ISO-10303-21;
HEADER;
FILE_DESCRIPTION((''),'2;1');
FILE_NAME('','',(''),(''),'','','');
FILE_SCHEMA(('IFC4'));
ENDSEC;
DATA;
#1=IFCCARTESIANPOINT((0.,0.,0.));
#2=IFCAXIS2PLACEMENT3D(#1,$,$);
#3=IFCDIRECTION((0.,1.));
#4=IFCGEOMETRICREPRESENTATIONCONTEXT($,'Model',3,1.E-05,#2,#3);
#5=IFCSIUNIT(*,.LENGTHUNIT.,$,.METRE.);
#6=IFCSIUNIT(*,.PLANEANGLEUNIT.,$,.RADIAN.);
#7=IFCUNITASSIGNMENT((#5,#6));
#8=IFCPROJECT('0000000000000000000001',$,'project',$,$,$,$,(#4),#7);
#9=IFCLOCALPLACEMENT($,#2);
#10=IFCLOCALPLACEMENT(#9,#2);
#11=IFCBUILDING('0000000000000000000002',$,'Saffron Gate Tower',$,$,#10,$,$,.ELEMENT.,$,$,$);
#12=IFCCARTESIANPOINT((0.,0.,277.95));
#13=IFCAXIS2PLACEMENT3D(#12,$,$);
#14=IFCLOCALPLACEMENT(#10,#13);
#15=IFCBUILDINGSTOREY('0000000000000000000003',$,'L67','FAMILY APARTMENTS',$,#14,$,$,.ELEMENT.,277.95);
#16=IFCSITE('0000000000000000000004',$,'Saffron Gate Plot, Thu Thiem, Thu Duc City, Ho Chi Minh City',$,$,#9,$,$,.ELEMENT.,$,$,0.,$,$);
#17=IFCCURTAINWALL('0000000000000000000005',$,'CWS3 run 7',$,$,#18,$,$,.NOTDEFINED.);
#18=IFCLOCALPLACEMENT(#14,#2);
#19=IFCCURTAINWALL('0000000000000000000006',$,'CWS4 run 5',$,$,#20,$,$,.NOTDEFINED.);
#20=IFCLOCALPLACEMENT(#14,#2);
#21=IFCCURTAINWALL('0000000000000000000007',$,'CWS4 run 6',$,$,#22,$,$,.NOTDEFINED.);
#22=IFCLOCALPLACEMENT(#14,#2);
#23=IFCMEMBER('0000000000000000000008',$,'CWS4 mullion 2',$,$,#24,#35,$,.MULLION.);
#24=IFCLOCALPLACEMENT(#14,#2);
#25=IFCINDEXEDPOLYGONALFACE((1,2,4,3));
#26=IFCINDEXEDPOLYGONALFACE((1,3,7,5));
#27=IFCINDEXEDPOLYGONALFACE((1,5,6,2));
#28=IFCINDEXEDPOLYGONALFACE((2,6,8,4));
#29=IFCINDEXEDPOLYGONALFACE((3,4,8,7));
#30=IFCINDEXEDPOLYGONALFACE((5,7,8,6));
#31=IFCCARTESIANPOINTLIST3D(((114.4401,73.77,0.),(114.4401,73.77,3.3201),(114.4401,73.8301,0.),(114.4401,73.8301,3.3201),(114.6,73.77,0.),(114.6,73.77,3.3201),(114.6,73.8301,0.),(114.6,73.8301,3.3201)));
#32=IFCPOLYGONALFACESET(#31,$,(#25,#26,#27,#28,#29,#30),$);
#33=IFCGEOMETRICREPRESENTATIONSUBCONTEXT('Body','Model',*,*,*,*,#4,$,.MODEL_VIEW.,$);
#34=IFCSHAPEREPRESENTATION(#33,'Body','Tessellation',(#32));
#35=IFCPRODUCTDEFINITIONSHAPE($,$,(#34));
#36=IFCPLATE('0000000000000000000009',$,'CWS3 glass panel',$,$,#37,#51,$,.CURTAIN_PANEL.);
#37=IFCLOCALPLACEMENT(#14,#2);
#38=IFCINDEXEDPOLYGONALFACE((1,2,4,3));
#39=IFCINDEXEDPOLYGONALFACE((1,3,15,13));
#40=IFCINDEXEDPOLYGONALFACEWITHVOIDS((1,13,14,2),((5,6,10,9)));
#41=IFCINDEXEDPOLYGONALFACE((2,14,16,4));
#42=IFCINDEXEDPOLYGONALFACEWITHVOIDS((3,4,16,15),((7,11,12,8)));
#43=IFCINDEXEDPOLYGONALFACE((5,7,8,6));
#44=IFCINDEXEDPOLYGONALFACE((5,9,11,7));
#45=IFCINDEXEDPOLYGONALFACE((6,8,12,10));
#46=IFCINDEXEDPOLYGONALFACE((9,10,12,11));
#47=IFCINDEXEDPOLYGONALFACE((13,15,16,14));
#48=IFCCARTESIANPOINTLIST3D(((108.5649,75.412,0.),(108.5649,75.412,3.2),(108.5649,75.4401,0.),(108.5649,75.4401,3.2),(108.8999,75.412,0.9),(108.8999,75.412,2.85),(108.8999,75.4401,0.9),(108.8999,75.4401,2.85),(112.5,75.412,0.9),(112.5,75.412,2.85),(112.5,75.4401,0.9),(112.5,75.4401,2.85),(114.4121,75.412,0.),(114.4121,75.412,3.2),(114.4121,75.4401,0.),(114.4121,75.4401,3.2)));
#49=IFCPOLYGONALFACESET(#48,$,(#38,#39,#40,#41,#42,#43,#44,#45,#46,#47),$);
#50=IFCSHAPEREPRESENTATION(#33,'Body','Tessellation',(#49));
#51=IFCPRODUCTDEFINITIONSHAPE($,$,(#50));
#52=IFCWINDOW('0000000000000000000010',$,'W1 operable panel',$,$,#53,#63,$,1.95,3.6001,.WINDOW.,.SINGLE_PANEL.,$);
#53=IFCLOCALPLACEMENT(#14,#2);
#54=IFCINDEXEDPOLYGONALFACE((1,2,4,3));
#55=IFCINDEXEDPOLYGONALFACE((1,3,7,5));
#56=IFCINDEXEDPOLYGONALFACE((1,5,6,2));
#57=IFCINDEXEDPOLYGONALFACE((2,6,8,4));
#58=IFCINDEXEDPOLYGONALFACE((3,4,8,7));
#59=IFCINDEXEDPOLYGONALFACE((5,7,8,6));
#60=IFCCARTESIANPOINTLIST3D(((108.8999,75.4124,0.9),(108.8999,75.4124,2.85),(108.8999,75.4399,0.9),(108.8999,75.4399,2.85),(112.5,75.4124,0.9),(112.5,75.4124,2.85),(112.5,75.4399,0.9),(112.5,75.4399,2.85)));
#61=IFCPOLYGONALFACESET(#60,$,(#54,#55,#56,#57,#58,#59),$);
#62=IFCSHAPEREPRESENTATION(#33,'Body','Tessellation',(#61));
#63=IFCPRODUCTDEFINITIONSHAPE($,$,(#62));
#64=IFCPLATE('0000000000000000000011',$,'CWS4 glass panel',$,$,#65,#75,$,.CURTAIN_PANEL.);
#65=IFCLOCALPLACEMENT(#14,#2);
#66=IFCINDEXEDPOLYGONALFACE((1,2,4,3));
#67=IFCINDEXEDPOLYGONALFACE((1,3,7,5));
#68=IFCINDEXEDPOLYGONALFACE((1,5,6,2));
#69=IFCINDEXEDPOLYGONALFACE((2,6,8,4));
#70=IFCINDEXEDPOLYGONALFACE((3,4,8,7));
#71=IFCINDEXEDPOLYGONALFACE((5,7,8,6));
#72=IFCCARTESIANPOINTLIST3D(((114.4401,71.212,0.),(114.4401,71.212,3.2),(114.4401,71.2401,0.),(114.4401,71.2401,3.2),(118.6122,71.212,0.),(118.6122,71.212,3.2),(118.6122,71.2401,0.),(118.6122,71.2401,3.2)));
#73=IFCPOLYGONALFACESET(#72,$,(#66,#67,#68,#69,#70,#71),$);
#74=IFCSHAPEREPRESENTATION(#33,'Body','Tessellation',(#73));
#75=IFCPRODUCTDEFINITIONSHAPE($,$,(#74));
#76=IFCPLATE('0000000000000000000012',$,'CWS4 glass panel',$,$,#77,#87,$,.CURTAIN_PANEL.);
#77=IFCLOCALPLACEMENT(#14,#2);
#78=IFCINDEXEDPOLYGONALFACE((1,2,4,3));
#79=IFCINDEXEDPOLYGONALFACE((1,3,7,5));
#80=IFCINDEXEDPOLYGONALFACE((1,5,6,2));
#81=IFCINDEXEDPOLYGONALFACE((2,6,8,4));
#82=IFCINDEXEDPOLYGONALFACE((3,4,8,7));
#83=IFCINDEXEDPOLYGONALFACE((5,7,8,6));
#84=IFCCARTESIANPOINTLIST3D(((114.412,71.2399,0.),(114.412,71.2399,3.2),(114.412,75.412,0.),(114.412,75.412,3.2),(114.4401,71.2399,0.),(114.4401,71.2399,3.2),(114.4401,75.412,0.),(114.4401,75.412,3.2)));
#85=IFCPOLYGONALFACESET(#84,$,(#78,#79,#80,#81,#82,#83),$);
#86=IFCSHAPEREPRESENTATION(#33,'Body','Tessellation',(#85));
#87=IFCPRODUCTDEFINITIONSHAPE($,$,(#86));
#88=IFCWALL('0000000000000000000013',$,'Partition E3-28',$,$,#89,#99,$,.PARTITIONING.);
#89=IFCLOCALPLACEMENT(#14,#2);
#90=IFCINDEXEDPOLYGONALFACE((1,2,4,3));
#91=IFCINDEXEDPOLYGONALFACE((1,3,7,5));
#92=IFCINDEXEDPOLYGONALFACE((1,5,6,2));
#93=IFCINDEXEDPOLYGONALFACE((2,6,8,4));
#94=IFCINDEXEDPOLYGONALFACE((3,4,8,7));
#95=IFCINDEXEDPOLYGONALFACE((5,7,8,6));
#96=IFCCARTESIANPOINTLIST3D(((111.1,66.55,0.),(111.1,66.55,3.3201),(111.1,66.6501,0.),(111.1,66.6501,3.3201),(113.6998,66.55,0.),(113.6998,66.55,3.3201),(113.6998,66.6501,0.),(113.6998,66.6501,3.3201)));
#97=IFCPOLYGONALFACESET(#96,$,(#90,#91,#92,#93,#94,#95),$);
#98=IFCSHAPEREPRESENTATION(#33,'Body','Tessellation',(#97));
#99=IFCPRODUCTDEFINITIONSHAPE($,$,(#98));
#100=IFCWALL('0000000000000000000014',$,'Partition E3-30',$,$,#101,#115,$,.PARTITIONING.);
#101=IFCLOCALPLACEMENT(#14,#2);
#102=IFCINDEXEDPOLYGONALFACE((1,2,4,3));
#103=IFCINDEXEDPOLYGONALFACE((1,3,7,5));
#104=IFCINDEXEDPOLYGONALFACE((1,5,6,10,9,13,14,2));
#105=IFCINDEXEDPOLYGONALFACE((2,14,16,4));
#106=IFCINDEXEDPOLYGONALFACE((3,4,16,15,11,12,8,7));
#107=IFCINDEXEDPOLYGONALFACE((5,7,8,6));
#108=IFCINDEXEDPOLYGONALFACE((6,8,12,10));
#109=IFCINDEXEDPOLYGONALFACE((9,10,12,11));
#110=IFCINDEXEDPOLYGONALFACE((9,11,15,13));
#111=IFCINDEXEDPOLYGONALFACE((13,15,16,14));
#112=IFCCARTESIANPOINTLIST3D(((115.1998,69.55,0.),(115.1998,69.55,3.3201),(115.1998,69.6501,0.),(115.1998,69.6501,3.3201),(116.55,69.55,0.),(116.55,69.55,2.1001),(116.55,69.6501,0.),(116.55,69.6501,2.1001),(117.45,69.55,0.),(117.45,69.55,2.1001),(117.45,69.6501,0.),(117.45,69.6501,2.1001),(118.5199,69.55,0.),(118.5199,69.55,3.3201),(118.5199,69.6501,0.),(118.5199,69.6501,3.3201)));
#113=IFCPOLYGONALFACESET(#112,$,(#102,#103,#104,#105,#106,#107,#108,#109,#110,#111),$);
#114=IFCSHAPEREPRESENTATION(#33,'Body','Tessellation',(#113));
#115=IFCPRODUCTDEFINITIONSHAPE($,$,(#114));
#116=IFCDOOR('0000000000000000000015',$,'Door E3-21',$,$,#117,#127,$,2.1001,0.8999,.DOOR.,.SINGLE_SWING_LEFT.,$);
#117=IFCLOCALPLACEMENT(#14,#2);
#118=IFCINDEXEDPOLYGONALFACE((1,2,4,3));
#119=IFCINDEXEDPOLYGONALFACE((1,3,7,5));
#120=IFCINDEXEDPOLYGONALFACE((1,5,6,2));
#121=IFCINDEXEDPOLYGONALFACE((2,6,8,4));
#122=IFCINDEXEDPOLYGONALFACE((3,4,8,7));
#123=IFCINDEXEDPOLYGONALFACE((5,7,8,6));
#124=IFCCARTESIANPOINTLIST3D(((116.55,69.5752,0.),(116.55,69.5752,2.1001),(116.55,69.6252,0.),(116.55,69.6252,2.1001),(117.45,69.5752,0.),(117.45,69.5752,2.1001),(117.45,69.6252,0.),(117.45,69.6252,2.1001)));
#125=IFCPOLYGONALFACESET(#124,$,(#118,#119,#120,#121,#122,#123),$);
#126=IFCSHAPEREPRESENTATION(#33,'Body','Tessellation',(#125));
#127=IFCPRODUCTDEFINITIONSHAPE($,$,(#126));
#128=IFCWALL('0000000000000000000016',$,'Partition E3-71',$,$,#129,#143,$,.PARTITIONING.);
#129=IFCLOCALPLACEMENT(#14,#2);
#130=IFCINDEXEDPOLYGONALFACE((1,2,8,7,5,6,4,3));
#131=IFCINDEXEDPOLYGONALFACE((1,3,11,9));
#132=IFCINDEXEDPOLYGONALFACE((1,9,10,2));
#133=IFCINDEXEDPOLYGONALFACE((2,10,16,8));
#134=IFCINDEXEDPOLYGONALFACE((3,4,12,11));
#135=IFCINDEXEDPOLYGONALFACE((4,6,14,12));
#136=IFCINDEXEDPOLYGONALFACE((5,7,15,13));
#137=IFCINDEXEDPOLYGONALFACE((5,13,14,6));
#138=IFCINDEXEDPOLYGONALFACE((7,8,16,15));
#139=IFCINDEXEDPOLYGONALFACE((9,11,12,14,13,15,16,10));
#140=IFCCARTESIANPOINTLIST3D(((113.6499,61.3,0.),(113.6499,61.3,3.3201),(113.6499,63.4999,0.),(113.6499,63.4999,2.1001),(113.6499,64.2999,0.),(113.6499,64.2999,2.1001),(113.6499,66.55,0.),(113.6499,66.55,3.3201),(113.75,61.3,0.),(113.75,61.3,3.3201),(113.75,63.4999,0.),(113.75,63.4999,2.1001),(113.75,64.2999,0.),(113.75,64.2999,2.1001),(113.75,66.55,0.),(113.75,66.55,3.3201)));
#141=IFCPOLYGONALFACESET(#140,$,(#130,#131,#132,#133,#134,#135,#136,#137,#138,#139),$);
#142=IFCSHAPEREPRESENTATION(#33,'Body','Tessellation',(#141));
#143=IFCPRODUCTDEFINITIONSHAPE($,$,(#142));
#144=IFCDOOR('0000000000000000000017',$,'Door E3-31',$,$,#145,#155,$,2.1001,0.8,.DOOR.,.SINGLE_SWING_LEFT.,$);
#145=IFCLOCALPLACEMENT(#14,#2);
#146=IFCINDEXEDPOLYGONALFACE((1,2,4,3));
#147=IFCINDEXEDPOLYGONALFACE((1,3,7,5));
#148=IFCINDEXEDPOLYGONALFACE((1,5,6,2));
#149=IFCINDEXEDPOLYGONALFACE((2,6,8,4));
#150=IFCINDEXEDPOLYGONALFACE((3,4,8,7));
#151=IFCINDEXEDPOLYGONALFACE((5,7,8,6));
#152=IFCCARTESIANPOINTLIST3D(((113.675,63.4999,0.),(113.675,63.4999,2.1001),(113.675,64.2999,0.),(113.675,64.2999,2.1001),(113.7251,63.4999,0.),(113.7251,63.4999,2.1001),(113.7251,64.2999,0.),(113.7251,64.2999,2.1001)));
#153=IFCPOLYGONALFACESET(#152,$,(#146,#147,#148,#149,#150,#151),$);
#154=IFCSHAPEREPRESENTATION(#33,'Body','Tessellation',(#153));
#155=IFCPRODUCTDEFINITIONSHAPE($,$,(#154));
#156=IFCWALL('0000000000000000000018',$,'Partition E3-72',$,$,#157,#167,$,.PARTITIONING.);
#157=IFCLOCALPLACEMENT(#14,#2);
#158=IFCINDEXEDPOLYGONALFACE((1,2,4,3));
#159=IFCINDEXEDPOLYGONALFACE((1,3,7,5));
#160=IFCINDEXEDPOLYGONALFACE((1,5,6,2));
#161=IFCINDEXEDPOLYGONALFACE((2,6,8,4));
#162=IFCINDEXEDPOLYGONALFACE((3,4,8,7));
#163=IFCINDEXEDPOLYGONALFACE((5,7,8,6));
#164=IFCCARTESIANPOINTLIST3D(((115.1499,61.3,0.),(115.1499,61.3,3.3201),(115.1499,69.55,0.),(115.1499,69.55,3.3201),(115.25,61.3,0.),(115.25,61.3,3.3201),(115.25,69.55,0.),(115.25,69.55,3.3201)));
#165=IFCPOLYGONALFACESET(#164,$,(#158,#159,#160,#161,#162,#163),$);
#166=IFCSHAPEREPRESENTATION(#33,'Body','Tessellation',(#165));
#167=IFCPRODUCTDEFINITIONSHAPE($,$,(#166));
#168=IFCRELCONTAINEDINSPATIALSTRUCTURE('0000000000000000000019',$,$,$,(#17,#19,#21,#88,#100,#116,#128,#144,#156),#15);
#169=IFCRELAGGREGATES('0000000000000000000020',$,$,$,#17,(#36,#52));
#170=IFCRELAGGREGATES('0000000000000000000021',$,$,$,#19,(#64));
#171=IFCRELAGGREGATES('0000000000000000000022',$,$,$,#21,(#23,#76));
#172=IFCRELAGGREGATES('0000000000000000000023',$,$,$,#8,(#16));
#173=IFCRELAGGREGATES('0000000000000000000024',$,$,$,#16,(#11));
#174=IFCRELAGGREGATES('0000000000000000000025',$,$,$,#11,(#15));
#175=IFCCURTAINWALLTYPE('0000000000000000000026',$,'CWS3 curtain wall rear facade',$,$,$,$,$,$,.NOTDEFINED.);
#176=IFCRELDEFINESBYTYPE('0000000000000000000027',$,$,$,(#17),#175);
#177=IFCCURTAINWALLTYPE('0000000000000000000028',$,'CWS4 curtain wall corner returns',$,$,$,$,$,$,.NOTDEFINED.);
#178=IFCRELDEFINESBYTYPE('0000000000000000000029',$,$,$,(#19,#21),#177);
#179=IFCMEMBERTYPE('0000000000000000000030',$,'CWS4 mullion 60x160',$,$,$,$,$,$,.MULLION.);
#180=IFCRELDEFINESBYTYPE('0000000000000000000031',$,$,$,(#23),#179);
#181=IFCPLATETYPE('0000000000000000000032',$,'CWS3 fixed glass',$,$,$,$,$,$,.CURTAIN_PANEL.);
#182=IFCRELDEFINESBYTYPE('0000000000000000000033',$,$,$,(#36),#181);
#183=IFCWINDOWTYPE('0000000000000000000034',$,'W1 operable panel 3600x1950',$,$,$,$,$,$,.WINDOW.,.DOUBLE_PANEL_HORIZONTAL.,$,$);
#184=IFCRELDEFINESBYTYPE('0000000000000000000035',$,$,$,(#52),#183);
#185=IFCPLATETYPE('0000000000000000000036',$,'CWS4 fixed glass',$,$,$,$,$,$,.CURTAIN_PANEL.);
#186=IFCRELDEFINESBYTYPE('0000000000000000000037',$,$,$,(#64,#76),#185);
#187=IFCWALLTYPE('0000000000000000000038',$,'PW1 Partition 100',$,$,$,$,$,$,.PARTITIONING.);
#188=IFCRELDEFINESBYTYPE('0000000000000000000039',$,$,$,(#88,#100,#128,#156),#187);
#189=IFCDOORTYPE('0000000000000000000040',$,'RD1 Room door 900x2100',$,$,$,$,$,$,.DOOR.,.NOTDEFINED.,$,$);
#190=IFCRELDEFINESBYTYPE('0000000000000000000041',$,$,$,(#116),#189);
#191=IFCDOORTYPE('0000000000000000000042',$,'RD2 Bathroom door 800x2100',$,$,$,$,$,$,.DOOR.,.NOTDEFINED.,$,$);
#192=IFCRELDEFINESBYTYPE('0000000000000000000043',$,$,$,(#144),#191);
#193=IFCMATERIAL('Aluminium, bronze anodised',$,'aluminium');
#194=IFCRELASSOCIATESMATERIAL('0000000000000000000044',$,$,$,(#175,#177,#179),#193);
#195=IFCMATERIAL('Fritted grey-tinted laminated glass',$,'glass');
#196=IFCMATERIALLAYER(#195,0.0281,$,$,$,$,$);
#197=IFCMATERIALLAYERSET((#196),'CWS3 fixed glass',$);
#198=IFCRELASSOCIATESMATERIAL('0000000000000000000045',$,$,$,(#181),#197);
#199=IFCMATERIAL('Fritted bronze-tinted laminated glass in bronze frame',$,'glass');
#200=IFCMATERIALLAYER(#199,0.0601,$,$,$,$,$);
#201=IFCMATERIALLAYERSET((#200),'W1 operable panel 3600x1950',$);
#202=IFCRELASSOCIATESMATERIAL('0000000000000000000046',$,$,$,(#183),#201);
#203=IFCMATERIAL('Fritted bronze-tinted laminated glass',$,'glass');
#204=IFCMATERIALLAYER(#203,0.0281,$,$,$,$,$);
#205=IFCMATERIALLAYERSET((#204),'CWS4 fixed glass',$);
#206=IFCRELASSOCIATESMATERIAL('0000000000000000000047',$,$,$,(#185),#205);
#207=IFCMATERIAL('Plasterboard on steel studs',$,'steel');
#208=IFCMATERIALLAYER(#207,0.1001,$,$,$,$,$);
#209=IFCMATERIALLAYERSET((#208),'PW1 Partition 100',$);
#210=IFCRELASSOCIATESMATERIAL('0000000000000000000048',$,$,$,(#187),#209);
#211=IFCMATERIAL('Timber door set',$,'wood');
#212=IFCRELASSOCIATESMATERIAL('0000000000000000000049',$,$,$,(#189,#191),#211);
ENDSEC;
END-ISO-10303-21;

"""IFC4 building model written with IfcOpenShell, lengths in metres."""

from ifc_helpers import new_model, si_unit, direction, frame, frame_2d, origin, origin_2d, place, context, subcontext, project, spatial, rectangle, extrude, material, layer, layer_set, material_profile, profile_set, type_object, element, fill, aggregate, save


model = new_model("IFC4")

# Units and contexts
model_context = context("Model", 3, precision=1e-05, world=origin(), true_north=direction((0.0, 1.0)))
body_context = subcontext(model_context, "Body", "Model", "MODEL_VIEW")
ifc_project = project(units=[si_unit("LENGTHUNIT", "METRE"), si_unit("PLANEANGLEUNIT", "RADIAN")], contexts=[model_context])

# Site, building, storey
site_placement = place(None, origin())
site = spatial("IfcSite", under=ifc_project, at=site_placement, Name="Saffron Gate Plot, Thu Thiem, Thu Duc City, Ho Chi Minh City", CompositionType="ELEMENT", RefElevation=0.0)
building_placement = place(site_placement, origin())
building = spatial("IfcBuilding", under=site, at=building_placement, Name="Saffron Gate Tower", CompositionType="ELEMENT")
storey_placement = place(building_placement, frame((0.0, 0.0, 277.95)))
storey = spatial("IfcBuildingStorey", under=building, at=storey_placement, Name="L67", Description="FAMILY APARTMENTS", CompositionType="ELEMENT", Elevation=277.95)

# Shared definitions
ifc_material_1 = material(Name="Aluminium, bronze anodised", Category="aluminium")

# Curtain wall
curtain_wall_type_1 = type_object("IfcCurtainWallType", Name="CWS3 curtain wall rear facade", PredefinedType="NOTDEFINED", material=ifc_material_1)
curtain_wall_1_placement = place(storey_placement, origin())
curtain_wall_1 = element("IfcCurtainWall", 1, at=curtain_wall_1_placement, inside=storey, type_object=curtain_wall_type_1, Name="CWS3 run 7", PredefinedType="NOTDEFINED")

# Curtain walls
curtain_wall_type_2 = type_object("IfcCurtainWallType", Name="CWS4 curtain wall corner returns", PredefinedType="NOTDEFINED", material=ifc_material_1)
curtain_wall_2_placement = place(storey_placement, origin())
curtain_wall_2 = element("IfcCurtainWall", 2, at=curtain_wall_2_placement, inside=storey, type_object=curtain_wall_type_2, Name="CWS4 run 5", PredefinedType="NOTDEFINED")
curtain_wall_3_placement = place(storey_placement, origin())
curtain_wall_3 = element("IfcCurtainWall", 3, at=curtain_wall_3_placement, inside=storey, type_object=curtain_wall_type_2, Name="CWS4 run 6", PredefinedType="NOTDEFINED")

# Member
ifc_material_profile_1 = material_profile(ifc_material_1, rectangle(XDim=0.1599, YDim=0.0601, at=origin_2d()))
ifc_profile_set_1 = profile_set([ifc_material_profile_1], Name="Aluminium, bronze anodised")
member_type_1 = type_object("IfcMemberType", Name="CWS4 mullion 60x160", PredefinedType="MULLION", material=ifc_profile_set_1)
member_1_placement = place(storey_placement, frame((114.52, 73.8, 0.0), z_axis=(0.0, 0.0, 1.0), x_axis=(-1.0, 0.0, 0.0)))
member_1 = element("IfcMember", 4, at=member_1_placement, type_object=member_type_1, Name="CWS4 mullion 2", PredefinedType="MULLION", context=body_context, shape_type="SweptSolid", body=[
    extrude(rectangle(XDim=0.1599, YDim=0.0601, at=origin_2d()), origin(), (0.0, 0.0, 1.0), 3.3201),
])

# Plate, opening, window
ifc_material_2 = material(Name="Fritted grey-tinted laminated glass", Category="glass")
ifc_layer_1 = layer(ifc_material_2, 0.0281)
ifc_layer_set_1 = layer_set([ifc_layer_1], Name="CWS3 fixed glass")
plate_type_1 = type_object("IfcPlateType", Name="CWS3 fixed glass", PredefinedType="CURTAIN_PANEL", material=ifc_layer_set_1)
plate_1_placement = place(storey_placement, frame((114.4121, 75.426, 0.0), z_axis=(0.0, 0.0, 1.0), x_axis=(-1.0, 0.0, 0.0)))
plate_1 = element("IfcPlate", 5, at=plate_1_placement, type_object=plate_type_1, Name="CWS3 glass panel", PredefinedType="CURTAIN_PANEL", context=body_context, shape_type="SweptSolid", body=[
    extrude(rectangle(XDim=5.8472, YDim=0.0281, at=frame_2d((2.9236, 0.0))), origin(), (0.0, 0.0, 1.0), 3.2),
])
opening_1_placement = place(plate_1_placement, frame((1.9121, 0.0, 0.8999)))
opening_1 = element("IfcOpeningElement", 6, at=opening_1_placement, cuts=plate_1, PredefinedType="OPENING", context=body_context, shape_type="SweptSolid", body=[
    extrude(rectangle(XDim=3.6001, YDim=1.95, at=frame_2d((1.8, 0.9751))), frame((0.0, 0.0239, 0.0), z_axis=(0.0, -1.0, 0.0), x_axis=(1.0, 0.0, 0.0)), (0.0, 0.0, 1.0), 0.0481),
])
ifc_material_3 = material(Name="Fritted bronze-tinted laminated glass in bronze frame", Category="glass")
ifc_layer_2 = layer(ifc_material_3, 0.0601)
ifc_layer_set_2 = layer_set([ifc_layer_2], Name="W1 operable panel 3600x1950")
window_type = type_object("IfcWindowType", Name="W1 operable panel 3600x1950", PartitioningType="DOUBLE_PANEL_HORIZONTAL", PredefinedType="WINDOW", material=ifc_layer_set_2)
window_placement = place(opening_1_placement, origin())
window = element("IfcWindow", 7, at=window_placement, type_object=window_type, Name="W1 operable panel", OverallHeight=1.95, OverallWidth=3.6001, PartitioningType="SINGLE_PANEL", PredefinedType="WINDOW", context=body_context, shape_type="SweptSolid", body=[
    extrude(rectangle(XDim=3.6001, YDim=1.95, at=frame_2d((1.8, 0.9751))), frame((0.0, 0.0137, 0.0), z_axis=(0.0, -1.0, 0.0), x_axis=(1.0, 0.0, 0.0)), (0.0, 0.0, 1.0), 0.0276),
])
fill(opening_1, window)
aggregate(curtain_wall_1, [plate_1, window])

# Plates
ifc_material_4 = material(Name="Fritted bronze-tinted laminated glass", Category="glass")
ifc_layer_3 = layer(ifc_material_4, 0.0281)
ifc_layer_set_3 = layer_set([ifc_layer_3], Name="CWS4 fixed glass")
plate_type_2 = type_object("IfcPlateType", Name="CWS4 fixed glass", PredefinedType="CURTAIN_PANEL", material=ifc_layer_set_3)
plate_2_placement = place(storey_placement, frame((118.6121, 71.2261, 0.0), z_axis=(0.0, 0.0, 1.0), x_axis=(-1.0, 0.0, 0.0)))
plate_2 = element("IfcPlate", 8, at=plate_2_placement, type_object=plate_type_2, Name="CWS4 glass panel", PredefinedType="CURTAIN_PANEL", context=body_context, shape_type="SweptSolid", body=[
    extrude(rectangle(XDim=4.1721, YDim=0.0281, at=frame_2d((2.0859, 0.0))), origin(), (0.0, 0.0, 1.0), 3.2),
])
aggregate(curtain_wall_2, [plate_2])
plate_3_placement = place(storey_placement, frame((114.426, 71.24, 0.0), z_axis=(0.0, 0.0, 1.0), x_axis=(0.0, 1.0, 0.0)))
plate_3 = element("IfcPlate", 9, at=plate_3_placement, type_object=plate_type_2, Name="CWS4 glass panel", PredefinedType="CURTAIN_PANEL", context=body_context, shape_type="SweptSolid", body=[
    extrude(rectangle(XDim=4.1721, YDim=0.0281, at=frame_2d((2.0859, 0.0))), origin(), (0.0, 0.0, 1.0), 3.2),
])
aggregate(curtain_wall_3, [member_1, plate_3])

# Wall
ifc_material_5 = material(Name="Plasterboard on steel studs", Category="steel")
ifc_layer_4 = layer(ifc_material_5, 0.1001)
ifc_layer_set_4 = layer_set([ifc_layer_4], Name="PW1 Partition 100")
wall_type_1 = type_object("IfcWallType", Name="PW1 Partition 100", PredefinedType="PARTITIONING", material=ifc_layer_set_4)
wall_1_placement = place(storey_placement, frame((111.1001, 66.6001, 0.0), z_axis=(0.0, 0.0, 1.0), x_axis=(1.0, 0.0, 0.0)))
element("IfcWall", 10, at=wall_1_placement, inside=storey, type_object=wall_type_1, Name="Partition E3-28", PredefinedType="PARTITIONING", context=body_context, shape_type="SweptSolid", body=[
    extrude(rectangle(XDim=2.5999, YDim=0.1001, at=frame_2d((1.2998, 0.0))), origin(), (0.0, 0.0, 1.0), 3.3201),
])

# Walls, openings, doors
wall_2_placement = place(storey_placement, frame((118.52, 69.6001, 0.0), z_axis=(0.0, 0.0, 1.0), x_axis=(-1.0, 0.0, 0.0)))
wall_2 = element("IfcWall", 11, at=wall_2_placement, inside=storey, type_object=wall_type_1, Name="Partition E3-30", PredefinedType="PARTITIONING", context=body_context, shape_type="SweptSolid", body=[
    extrude(rectangle(XDim=3.3201, YDim=0.1001, at=frame_2d((1.6602, 0.0))), origin(), (0.0, 0.0, 1.0), 3.3201),
])
opening_2_placement = place(wall_2_placement, frame((1.0701, 0.0, 0.0)))
opening_2 = element("IfcOpeningElement", 12, at=opening_2_placement, cuts=wall_2, PredefinedType="OPENING", context=body_context, shape_type="SweptSolid", body=[
    extrude(rectangle(XDim=0.8999, YDim=2.1001, at=frame_2d((0.45, 1.05))), frame((0.0, 0.0601, 0.0), z_axis=(0.0, -1.0, 0.0), x_axis=(1.0, 0.0, 0.0)), (0.0, 0.0, 1.0), 0.1201),
])
ifc_material_6 = material(Name="Timber door set", Category="wood")
door_type_1 = type_object("IfcDoorType", Name="RD1 Room door 900x2100", OperationType="NOTDEFINED", PredefinedType="DOOR", material=ifc_material_6)
door_1_placement = place(opening_2_placement, origin())
door_1 = element("IfcDoor", 13, at=door_1_placement, inside=storey, type_object=door_type_1, Name="Door E3-21", OperationType="SINGLE_SWING_LEFT", OverallHeight=2.1001, OverallWidth=0.8999, PredefinedType="DOOR", context=body_context, shape_type="SweptSolid", body=[
    extrude(rectangle(XDim=0.8999, YDim=2.1001, at=frame_2d((0.45, 1.05))), frame((0.0, 0.0249, 0.0), z_axis=(0.0, -1.0, 0.0), x_axis=(1.0, 0.0, 0.0)), (0.0, 0.0, 1.0), 0.05),
])
fill(opening_2, door_1)
wall_3_placement = place(storey_placement, frame((113.7, 61.3, 0.0), z_axis=(0.0, 0.0, 1.0), x_axis=(0.0, 1.0, 0.0)))
wall_3 = element("IfcWall", 14, at=wall_3_placement, inside=storey, type_object=wall_type_1, Name="Partition E3-71", PredefinedType="PARTITIONING", context=body_context, shape_type="SweptSolid", body=[
    extrude(rectangle(XDim=5.25, YDim=0.1001, at=frame_2d((2.625, 0.0))), origin(), (0.0, 0.0, 1.0), 3.3201),
])
opening_3_placement = place(wall_3_placement, frame((2.2, 0.0, 0.0)))
opening_3 = element("IfcOpeningElement", 15, at=opening_3_placement, cuts=wall_3, PredefinedType="OPENING", context=body_context, shape_type="SweptSolid", body=[
    extrude(rectangle(XDim=0.8, YDim=2.1001, at=frame_2d((0.3999, 1.05))), frame((0.0, 0.0601, 0.0), z_axis=(0.0, -1.0, 0.0), x_axis=(1.0, 0.0, 0.0)), (0.0, 0.0, 1.0), 0.1201),
])
door_type_2 = type_object("IfcDoorType", Name="RD2 Bathroom door 800x2100", OperationType="NOTDEFINED", PredefinedType="DOOR", material=ifc_material_6)
door_2_placement = place(opening_3_placement, origin())
door_2 = element("IfcDoor", 16, at=door_2_placement, inside=storey, type_object=door_type_2, Name="Door E3-31", OperationType="SINGLE_SWING_LEFT", OverallHeight=2.1001, OverallWidth=0.8, PredefinedType="DOOR", context=body_context, shape_type="SweptSolid", body=[
    extrude(rectangle(XDim=0.8, YDim=2.1001, at=frame_2d((0.3999, 1.05))), frame((0.0, 0.0249, 0.0), z_axis=(0.0, -1.0, 0.0), x_axis=(1.0, 0.0, 0.0)), (0.0, 0.0, 1.0), 0.05),
])
fill(opening_3, door_2)

# Wall
wall_4_placement = place(storey_placement, frame((115.2, 69.55, 0.0), z_axis=(0.0, 0.0, 1.0), x_axis=(0.0, -1.0, 0.0)))
element("IfcWall", 17, at=wall_4_placement, inside=storey, type_object=wall_type_1, Name="Partition E3-72", PredefinedType="PARTITIONING", context=body_context, shape_type="SweptSolid", body=[
    extrude(rectangle(XDim=8.25, YDim=0.1001, at=frame_2d((4.125, 0.0))), origin(), (0.0, 0.0, 1.0), 3.3201),
])

save(model, "model.ifc")
